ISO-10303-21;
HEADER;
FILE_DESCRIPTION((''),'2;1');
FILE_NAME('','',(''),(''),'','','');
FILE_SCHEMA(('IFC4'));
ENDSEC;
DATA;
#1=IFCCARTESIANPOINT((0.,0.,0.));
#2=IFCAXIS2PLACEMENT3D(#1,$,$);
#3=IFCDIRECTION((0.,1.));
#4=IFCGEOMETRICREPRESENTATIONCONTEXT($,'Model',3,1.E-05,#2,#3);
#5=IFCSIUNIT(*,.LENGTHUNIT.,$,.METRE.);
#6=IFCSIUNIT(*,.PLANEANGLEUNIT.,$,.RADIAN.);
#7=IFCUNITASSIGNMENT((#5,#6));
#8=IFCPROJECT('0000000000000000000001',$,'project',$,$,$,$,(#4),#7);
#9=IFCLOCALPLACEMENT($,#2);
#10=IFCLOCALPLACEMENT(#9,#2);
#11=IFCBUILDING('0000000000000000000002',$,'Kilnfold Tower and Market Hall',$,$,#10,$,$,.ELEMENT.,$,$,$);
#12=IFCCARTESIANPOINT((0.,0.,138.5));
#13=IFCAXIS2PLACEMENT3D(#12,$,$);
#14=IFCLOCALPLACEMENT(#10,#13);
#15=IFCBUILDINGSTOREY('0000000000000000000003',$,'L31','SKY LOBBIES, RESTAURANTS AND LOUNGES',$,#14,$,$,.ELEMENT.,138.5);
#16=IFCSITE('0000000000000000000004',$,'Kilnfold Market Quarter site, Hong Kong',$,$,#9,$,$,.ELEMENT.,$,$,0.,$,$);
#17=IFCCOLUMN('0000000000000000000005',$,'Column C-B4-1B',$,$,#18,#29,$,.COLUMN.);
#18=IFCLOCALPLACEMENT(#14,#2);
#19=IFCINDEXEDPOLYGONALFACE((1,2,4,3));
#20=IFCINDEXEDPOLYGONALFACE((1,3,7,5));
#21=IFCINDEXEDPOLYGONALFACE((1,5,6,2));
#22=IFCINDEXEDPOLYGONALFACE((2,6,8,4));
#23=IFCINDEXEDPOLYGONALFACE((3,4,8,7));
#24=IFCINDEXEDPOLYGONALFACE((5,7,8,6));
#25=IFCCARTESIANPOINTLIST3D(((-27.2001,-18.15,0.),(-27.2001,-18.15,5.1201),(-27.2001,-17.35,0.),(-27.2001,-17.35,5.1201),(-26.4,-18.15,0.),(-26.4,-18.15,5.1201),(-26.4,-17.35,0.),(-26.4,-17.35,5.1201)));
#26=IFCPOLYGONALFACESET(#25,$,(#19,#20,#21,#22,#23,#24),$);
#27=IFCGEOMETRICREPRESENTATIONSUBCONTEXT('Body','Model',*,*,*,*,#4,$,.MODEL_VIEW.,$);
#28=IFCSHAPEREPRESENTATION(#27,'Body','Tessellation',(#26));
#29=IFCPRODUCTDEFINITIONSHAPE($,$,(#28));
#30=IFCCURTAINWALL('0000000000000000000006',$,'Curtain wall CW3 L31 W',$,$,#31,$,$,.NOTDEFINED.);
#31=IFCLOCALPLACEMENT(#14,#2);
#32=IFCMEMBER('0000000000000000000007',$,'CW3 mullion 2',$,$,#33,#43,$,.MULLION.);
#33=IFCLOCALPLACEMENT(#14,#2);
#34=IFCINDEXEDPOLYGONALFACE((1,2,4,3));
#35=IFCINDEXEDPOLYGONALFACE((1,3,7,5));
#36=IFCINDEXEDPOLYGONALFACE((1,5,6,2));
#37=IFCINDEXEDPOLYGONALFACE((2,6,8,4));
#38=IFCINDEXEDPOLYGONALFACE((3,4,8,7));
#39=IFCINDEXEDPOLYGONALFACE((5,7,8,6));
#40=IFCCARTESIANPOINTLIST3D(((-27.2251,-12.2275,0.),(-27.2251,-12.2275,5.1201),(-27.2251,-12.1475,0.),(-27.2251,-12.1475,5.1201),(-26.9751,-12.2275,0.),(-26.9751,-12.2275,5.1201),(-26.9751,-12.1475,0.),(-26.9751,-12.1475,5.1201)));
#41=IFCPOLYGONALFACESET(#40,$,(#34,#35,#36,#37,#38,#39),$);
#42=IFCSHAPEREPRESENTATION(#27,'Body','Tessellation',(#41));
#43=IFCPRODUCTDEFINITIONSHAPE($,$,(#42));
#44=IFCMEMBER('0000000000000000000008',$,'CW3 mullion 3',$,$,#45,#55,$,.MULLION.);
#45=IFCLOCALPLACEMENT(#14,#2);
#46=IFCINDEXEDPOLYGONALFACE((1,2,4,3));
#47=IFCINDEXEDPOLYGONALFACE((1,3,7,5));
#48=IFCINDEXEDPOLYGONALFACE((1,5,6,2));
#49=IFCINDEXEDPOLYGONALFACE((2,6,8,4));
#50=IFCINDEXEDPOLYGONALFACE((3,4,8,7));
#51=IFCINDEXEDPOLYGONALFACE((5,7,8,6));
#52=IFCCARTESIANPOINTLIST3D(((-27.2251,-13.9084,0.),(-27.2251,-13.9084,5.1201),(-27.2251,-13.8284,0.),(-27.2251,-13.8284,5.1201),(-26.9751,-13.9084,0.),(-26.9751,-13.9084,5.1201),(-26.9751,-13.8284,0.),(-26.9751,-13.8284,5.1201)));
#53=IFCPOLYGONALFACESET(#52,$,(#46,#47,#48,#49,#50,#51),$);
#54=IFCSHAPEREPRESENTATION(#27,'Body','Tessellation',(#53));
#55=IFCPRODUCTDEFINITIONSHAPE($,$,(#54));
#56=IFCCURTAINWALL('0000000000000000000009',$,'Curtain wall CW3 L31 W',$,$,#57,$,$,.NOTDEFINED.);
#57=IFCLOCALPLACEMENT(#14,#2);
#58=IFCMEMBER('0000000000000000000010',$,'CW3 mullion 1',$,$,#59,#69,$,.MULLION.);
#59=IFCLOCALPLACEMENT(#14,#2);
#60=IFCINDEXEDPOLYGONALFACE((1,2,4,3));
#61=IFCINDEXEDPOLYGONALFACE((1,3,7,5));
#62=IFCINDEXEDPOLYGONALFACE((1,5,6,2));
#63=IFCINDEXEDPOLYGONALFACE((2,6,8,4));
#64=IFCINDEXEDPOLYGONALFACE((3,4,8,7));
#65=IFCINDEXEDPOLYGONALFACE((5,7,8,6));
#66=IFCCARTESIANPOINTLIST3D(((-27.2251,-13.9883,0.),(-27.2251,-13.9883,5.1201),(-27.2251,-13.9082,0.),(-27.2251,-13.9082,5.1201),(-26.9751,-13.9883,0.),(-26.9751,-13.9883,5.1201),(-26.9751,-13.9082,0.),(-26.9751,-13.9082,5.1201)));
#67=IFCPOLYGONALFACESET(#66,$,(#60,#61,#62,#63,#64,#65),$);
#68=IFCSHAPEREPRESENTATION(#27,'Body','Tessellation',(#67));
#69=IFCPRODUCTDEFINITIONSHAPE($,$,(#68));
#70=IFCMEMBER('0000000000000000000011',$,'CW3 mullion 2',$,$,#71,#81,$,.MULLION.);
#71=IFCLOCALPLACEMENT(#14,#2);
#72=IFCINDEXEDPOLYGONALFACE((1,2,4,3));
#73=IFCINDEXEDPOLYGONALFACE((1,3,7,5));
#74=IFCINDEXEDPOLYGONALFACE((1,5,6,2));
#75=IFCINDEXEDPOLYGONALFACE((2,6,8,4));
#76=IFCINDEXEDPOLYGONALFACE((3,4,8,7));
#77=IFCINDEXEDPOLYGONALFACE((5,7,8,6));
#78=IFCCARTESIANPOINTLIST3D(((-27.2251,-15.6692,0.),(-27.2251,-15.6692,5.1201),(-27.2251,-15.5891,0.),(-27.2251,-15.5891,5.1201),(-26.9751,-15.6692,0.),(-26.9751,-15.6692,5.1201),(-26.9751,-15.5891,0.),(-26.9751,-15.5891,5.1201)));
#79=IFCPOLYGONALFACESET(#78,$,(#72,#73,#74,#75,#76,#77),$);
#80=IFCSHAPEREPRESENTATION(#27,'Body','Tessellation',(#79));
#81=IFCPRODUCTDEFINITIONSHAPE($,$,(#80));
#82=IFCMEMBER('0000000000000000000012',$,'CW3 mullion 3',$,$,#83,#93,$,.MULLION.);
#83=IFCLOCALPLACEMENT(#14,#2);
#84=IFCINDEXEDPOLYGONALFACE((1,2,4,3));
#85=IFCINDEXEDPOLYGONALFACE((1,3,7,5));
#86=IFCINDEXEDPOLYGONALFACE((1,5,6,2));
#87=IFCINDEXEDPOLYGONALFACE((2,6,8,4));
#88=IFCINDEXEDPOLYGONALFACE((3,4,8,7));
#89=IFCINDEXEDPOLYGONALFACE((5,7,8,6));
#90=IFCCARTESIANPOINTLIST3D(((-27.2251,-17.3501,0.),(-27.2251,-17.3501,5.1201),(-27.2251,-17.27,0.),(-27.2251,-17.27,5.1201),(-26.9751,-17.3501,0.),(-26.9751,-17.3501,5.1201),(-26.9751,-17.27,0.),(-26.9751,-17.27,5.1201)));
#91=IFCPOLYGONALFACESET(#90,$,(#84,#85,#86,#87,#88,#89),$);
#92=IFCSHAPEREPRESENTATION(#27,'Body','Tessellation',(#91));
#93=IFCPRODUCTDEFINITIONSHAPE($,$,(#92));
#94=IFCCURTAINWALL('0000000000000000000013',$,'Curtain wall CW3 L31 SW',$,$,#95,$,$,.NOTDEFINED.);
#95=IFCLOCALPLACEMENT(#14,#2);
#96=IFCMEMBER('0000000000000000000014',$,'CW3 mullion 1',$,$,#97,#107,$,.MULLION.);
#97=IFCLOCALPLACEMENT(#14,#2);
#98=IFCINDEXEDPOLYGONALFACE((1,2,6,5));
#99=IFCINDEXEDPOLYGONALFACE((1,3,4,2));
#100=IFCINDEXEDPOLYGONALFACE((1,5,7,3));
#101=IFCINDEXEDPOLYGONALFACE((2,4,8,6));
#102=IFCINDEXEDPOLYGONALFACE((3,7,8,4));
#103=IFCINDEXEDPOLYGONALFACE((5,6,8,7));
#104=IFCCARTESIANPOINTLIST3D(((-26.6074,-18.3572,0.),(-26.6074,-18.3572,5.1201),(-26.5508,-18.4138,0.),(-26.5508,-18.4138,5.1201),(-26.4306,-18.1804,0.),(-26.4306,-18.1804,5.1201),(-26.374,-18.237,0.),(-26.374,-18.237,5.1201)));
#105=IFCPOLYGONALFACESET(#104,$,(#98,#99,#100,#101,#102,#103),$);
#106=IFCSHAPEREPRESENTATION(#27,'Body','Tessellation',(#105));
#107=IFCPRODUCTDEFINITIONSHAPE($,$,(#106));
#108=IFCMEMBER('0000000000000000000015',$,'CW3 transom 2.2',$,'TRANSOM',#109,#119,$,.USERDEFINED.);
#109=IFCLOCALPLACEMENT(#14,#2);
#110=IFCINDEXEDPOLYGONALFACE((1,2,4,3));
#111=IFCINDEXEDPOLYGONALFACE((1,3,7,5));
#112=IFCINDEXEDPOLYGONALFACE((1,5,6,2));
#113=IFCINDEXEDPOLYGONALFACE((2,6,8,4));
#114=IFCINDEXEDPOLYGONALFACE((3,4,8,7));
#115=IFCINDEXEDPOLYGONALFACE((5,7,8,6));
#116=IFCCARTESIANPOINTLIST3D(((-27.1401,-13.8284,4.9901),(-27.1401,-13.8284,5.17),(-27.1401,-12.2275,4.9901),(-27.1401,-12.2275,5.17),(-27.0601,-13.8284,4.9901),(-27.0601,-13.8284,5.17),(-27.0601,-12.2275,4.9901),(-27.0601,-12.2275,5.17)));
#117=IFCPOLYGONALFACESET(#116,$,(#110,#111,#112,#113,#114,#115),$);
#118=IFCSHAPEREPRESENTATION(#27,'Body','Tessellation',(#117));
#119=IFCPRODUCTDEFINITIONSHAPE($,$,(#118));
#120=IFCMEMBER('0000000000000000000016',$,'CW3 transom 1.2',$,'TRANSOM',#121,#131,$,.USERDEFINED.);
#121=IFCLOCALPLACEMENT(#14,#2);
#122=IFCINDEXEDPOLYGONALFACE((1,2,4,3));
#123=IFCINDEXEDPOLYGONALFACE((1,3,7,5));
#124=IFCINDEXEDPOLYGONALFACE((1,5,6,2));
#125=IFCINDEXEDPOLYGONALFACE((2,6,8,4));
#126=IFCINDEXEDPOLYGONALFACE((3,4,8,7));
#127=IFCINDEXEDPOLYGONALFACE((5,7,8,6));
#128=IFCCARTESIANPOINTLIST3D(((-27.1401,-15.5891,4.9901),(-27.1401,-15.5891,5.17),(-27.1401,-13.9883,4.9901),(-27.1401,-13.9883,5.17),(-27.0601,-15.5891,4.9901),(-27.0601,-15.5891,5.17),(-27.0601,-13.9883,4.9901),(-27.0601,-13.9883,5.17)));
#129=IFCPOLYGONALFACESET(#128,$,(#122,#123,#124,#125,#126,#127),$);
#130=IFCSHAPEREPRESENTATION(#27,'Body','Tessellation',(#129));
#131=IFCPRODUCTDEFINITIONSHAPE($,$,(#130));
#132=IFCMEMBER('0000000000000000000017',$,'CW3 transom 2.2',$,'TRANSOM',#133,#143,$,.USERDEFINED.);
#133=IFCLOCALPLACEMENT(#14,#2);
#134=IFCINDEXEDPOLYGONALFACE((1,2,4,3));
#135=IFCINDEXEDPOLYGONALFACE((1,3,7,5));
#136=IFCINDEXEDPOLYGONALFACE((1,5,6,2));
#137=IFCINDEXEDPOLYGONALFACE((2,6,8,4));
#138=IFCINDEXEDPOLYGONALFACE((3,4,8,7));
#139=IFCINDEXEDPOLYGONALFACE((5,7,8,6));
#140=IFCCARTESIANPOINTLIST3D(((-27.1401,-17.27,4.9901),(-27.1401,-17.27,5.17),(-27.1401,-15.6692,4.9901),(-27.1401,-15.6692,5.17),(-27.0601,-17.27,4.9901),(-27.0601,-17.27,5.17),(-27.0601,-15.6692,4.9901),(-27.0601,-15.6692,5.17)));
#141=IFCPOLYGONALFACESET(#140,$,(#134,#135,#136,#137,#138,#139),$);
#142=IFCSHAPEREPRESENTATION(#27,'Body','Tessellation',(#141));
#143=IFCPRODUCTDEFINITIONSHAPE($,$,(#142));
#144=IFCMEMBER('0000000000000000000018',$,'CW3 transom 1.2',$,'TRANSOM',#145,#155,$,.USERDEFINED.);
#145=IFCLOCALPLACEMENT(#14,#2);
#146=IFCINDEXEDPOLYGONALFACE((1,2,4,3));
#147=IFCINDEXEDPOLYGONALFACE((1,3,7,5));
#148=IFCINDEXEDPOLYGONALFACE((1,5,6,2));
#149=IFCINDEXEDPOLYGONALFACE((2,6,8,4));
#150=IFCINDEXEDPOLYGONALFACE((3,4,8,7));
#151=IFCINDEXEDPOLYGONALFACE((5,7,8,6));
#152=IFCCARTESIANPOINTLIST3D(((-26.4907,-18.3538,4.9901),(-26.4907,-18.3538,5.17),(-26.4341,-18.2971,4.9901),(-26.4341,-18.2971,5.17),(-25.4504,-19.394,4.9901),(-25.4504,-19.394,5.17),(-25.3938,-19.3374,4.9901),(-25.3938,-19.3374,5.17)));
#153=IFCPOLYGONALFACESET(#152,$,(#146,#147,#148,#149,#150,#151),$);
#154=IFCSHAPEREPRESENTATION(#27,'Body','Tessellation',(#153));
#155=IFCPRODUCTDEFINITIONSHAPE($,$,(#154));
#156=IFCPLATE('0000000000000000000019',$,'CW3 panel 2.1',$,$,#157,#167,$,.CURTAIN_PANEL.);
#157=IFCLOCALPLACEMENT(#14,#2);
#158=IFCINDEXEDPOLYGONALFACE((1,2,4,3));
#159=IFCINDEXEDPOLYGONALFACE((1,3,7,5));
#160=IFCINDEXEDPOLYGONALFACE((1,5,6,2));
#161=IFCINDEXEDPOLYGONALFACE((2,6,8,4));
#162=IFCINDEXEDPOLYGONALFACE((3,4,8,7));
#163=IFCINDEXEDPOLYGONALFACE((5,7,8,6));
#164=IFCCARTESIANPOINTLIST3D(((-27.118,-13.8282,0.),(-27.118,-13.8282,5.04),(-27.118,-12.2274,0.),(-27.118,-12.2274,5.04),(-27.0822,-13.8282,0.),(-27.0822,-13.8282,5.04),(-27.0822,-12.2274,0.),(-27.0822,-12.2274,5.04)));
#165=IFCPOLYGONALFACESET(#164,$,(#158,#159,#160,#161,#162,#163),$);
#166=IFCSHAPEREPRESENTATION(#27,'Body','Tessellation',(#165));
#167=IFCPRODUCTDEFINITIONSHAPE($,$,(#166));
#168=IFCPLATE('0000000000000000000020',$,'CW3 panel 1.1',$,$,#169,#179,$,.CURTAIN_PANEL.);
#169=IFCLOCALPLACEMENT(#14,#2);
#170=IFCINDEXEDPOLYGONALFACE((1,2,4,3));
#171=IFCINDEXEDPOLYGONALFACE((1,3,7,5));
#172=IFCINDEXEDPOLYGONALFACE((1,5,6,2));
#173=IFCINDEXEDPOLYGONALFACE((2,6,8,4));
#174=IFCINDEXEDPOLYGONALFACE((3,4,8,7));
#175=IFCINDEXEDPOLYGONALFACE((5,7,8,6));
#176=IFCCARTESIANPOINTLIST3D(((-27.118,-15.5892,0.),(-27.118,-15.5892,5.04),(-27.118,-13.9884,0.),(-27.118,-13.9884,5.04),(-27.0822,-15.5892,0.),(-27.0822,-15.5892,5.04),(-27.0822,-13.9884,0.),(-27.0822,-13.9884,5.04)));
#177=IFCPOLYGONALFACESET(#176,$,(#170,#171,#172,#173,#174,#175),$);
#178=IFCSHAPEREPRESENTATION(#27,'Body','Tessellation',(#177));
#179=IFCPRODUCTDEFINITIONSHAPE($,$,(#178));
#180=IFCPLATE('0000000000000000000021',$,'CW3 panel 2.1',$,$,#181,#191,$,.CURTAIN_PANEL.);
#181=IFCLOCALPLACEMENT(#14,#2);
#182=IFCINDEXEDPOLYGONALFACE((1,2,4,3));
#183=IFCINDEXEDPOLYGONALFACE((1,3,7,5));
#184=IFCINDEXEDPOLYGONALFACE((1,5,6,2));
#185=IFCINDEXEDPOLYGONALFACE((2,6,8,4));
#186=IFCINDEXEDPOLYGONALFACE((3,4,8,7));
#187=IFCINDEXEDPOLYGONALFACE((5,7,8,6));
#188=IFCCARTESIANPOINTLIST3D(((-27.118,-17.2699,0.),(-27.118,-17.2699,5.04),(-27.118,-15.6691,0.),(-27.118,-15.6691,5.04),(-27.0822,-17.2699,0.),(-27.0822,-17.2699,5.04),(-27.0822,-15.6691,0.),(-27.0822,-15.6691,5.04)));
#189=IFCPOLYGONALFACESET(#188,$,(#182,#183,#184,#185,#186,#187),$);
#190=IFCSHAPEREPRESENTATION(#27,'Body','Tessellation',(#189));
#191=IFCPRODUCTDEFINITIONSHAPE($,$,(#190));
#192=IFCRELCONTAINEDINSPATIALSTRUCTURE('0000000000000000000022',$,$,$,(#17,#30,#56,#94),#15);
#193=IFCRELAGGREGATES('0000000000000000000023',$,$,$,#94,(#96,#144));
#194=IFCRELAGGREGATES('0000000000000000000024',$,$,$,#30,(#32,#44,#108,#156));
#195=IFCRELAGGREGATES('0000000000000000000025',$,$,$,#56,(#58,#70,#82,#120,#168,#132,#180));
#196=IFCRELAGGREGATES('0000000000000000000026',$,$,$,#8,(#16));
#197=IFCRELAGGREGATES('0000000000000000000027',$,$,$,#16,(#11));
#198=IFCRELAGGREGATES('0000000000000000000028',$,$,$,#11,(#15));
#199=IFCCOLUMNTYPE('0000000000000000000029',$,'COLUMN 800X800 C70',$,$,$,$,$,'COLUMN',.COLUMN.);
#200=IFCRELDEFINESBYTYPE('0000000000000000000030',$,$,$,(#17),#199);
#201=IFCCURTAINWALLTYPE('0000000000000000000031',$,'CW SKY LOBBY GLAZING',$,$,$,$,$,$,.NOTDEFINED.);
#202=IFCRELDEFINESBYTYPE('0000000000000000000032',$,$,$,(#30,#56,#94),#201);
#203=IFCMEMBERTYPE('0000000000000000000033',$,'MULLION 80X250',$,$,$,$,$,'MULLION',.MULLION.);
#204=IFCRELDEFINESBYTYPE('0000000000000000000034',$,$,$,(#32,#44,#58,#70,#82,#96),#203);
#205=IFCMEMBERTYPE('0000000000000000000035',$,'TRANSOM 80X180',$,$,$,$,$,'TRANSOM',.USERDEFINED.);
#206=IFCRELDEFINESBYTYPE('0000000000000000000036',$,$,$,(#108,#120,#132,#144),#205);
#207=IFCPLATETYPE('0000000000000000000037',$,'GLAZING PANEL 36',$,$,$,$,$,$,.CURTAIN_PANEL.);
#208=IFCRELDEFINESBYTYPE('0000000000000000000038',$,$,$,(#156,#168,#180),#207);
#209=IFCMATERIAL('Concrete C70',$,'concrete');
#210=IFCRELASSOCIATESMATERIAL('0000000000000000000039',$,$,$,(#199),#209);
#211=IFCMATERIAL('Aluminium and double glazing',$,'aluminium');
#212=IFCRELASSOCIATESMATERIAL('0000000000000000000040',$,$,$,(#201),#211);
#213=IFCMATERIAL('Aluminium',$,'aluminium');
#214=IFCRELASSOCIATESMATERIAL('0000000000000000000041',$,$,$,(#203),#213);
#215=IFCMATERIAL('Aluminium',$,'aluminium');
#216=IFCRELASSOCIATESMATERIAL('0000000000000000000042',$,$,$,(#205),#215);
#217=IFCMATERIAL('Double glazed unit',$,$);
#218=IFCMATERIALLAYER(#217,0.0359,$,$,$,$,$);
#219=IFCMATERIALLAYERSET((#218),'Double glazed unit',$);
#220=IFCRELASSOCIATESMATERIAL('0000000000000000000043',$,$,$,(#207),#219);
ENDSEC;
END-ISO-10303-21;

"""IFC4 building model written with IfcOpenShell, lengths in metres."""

from ifc_helpers import new_model, si_unit, direction, frame, origin, origin_2d, place, context, subcontext, project, spatial, rectangle, extrude, source, transform, mapped, material, layer, layer_set, material_profile, profile_set, type_object, element, aggregate, save


model = new_model("IFC4")

# Units and contexts
model_context = context("Model", 3, precision=1e-05, world=origin(), true_north=direction((0.0, 1.0)))
body_context = subcontext(model_context, "Body", "Model", "MODEL_VIEW")
ifc_project = project(units=[si_unit("LENGTHUNIT", "METRE"), si_unit("PLANEANGLEUNIT", "RADIAN")], contexts=[model_context])

# Site, building, storey
site_placement = place(None, origin())
site = spatial("IfcSite", under=ifc_project, at=site_placement, Name="Kilnfold Market Quarter site, Hong Kong", CompositionType="ELEMENT", RefElevation=0.0)
building_placement = place(site_placement, origin())
building = spatial("IfcBuilding", under=site, at=building_placement, Name="Kilnfold Tower and Market Hall", CompositionType="ELEMENT")
storey_placement = place(building_placement, frame((0.0, 0.0, 138.5)))
storey = spatial("IfcBuildingStorey", under=building, at=storey_placement, Name="L31", Description="SKY LOBBIES, RESTAURANTS AND LOUNGES", CompositionType="ELEMENT", Elevation=138.5)

# Column
ifc_material_1 = material(Name="Concrete C70", Category="concrete")
ifc_material_profile_1 = material_profile(ifc_material_1, rectangle(XDim=0.8, YDim=0.8, at=origin_2d()), Name="RC 800x800")
ifc_profile_set_1 = profile_set([ifc_material_profile_1], Name="Concrete C70")
column_type = type_object("IfcColumnType", Name="COLUMN 800X800 C70", ElementType="COLUMN", PredefinedType="COLUMN", material=ifc_profile_set_1)
shared_shape_1 = source(origin(), body_context, "Body", "SweptSolid", [
    extrude(rectangle(XDim=0.8, YDim=0.8, at=origin_2d()), origin(), (0.0, 0.0, 1.0), 5.1201),
])
column_placement = place(storey_placement, frame((-26.8, -17.75, 0.0), z_axis=(0.0, 0.0, 1.0), x_axis=(1.0, 0.0, 0.0)))
element("IfcColumn", 1, at=column_placement, inside=storey, type_object=column_type, Name="Column C-B4-1B", PredefinedType="COLUMN", context=body_context, shape_type="MappedRepresentation", body=[
    mapped(shared_shape_1, transform((0.0, 0.0, 0.0))),
])

# Curtain walls, members
ifc_material_2 = material(Name="Aluminium and double glazing", Category="aluminium")
curtain_wall_type = type_object("IfcCurtainWallType", Name="CW SKY LOBBY GLAZING", PredefinedType="NOTDEFINED", material=ifc_material_2)
curtain_wall_1_placement = place(storey_placement, origin())
curtain_wall_1 = element("IfcCurtainWall", 2, at=curtain_wall_1_placement, inside=storey, type_object=curtain_wall_type, Name="Curtain wall CW3 L31 W", PredefinedType="NOTDEFINED")
ifc_material_3 = material(Name="Aluminium", Category="aluminium")
ifc_material_profile_2 = material_profile(ifc_material_3, rectangle(XDim=0.0801, YDim=0.25, at=origin_2d()), Name="MULLION 80x250")
ifc_profile_set_2 = profile_set([ifc_material_profile_2], Name="Aluminium")
member_type_1 = type_object("IfcMemberType", Name="MULLION 80X250", ElementType="MULLION", PredefinedType="MULLION", material=ifc_profile_set_2)
shared_shape_2 = source(origin(), body_context, "Body", "SweptSolid", [
    extrude(rectangle(XDim=0.0801, YDim=0.25, at=origin_2d()), origin(), (0.0, 0.0, 1.0), 5.1201),
])
member_1_placement = place(storey_placement, frame((-27.1001, -12.1875, 0.0), z_axis=(0.0, 0.0, 1.0), x_axis=(0.0, -1.0, 0.0)))
member_1 = element("IfcMember", 3, at=member_1_placement, type_object=member_type_1, Name="CW3 mullion 2", PredefinedType="MULLION", context=body_context, shape_type="MappedRepresentation", body=[
    mapped(shared_shape_2, transform((0.0, 0.0, 0.0))),
])
member_2_placement = place(storey_placement, frame((-27.1001, -13.8684, 0.0), z_axis=(0.0, 0.0, 1.0), x_axis=(0.0, -1.0, 0.0)))
member_2 = element("IfcMember", 4, at=member_2_placement, type_object=member_type_1, Name="CW3 mullion 3", PredefinedType="MULLION", context=body_context, shape_type="MappedRepresentation", body=[
    mapped(shared_shape_2, transform((0.0, 0.0, 0.0))),
])
curtain_wall_2_placement = place(storey_placement, origin())
curtain_wall_2 = element("IfcCurtainWall", 5, at=curtain_wall_2_placement, inside=storey, type_object=curtain_wall_type, Name="Curtain wall CW3 L31 W", PredefinedType="NOTDEFINED")
member_3_placement = place(storey_placement, frame((-27.1001, -13.9482, 0.0), z_axis=(0.0, 0.0, 1.0), x_axis=(0.0, -1.0, 0.0)))
member_3 = element("IfcMember", 6, at=member_3_placement, type_object=member_type_1, Name="CW3 mullion 1", PredefinedType="MULLION", context=body_context, shape_type="MappedRepresentation", body=[
    mapped(shared_shape_2, transform((0.0, 0.0, 0.0))),
])
member_4_placement = place(storey_placement, frame((-27.1001, -15.6292, 0.0), z_axis=(0.0, 0.0, 1.0), x_axis=(0.0, -1.0, 0.0)))
member_4 = element("IfcMember", 7, at=member_4_placement, type_object=member_type_1, Name="CW3 mullion 2", PredefinedType="MULLION", context=body_context, shape_type="MappedRepresentation", body=[
    mapped(shared_shape_2, transform((0.0, 0.0, 0.0))),
])
member_5_placement = place(storey_placement, frame((-27.1001, -17.3101, 0.0), z_axis=(0.0, 0.0, 1.0), x_axis=(0.0, -1.0, 0.0)))
member_5 = element("IfcMember", 8, at=member_5_placement, type_object=member_type_1, Name="CW3 mullion 3", PredefinedType="MULLION", context=body_context, shape_type="MappedRepresentation", body=[
    mapped(shared_shape_2, transform((0.0, 0.0, 0.0))),
])

# Curtain wall, member
curtain_wall_3_placement = place(storey_placement, origin())
curtain_wall_3 = element("IfcCurtainWall", 9, at=curtain_wall_3_placement, inside=storey, type_object=curtain_wall_type, Name="Curtain wall CW3 L31 SW", PredefinedType="NOTDEFINED")
member_6_placement = place(storey_placement, frame((-26.4907, -18.2971, 0.0), z_axis=(0.0, 0.0, 1.0), x_axis=(0.707091, -0.707122, 0.0)))
member_6 = element("IfcMember", 10, at=member_6_placement, type_object=member_type_1, Name="CW3 mullion 1", PredefinedType="MULLION", context=body_context, shape_type="MappedRepresentation", body=[
    mapped(shared_shape_2, transform((0.0, 0.0, 0.0))),
])

# Members
ifc_material_4 = material(Name="Aluminium", Category="aluminium")
ifc_material_profile_3 = material_profile(ifc_material_4, rectangle(XDim=0.0801, YDim=0.1799, at=origin_2d()), Name="TRANSOM 80x180")
ifc_profile_set_3 = profile_set([ifc_material_profile_3], Name="Aluminium")
member_type_2 = type_object("IfcMemberType", Name="TRANSOM 80X180", ElementType="TRANSOM", PredefinedType="USERDEFINED", material=ifc_profile_set_3)
shared_shape_3 = source(origin(), body_context, "Body", "SweptSolid", [
    extrude(rectangle(XDim=0.0801, YDim=0.1799, at=origin_2d()), origin(), (0.0, 0.0, 1.0), 1.6008),
])
member_7_placement = place(storey_placement, frame((-27.1001, -12.2275, 5.0801), z_axis=(0.0, -1.0, 0.0), x_axis=(1.0, 0.0, 0.0)))
member_7 = element("IfcMember", 11, at=member_7_placement, type_object=member_type_2, Name="CW3 transom 2.2", ObjectType="TRANSOM", PredefinedType="USERDEFINED", context=body_context, shape_type="MappedRepresentation", body=[
    mapped(shared_shape_3, transform((0.0, 0.0, 0.0))),
])
member_8_placement = place(storey_placement, frame((-27.1001, -13.9883, 5.0801), z_axis=(0.0, -1.0, 0.0), x_axis=(1.0, 0.0, 0.0)))
member_8 = element("IfcMember", 12, at=member_8_placement, type_object=member_type_2, Name="CW3 transom 1.2", ObjectType="TRANSOM", PredefinedType="USERDEFINED", context=body_context, shape_type="MappedRepresentation", body=[
    mapped(shared_shape_3, transform((0.0, 0.0, 0.0))),
])
member_9_placement = place(storey_placement, frame((-27.1001, -15.6692, 5.0801), z_axis=(0.0, -1.0, 0.0), x_axis=(1.0, 0.0, 0.0)))
member_9 = element("IfcMember", 13, at=member_9_placement, type_object=member_type_2, Name="CW3 transom 2.2", ObjectType="TRANSOM", PredefinedType="USERDEFINED", context=body_context, shape_type="MappedRepresentation", body=[
    mapped(shared_shape_3, transform((0.0, 0.0, 0.0))),
])
shared_shape_4 = source(origin(), body_context, "Body", "SweptSolid", [
    extrude(rectangle(XDim=0.0801, YDim=0.1799, at=origin_2d()), origin(), (0.0, 0.0, 1.0), 1.4712),
])
member_10_placement = place(storey_placement, frame((-26.4624, -18.3254, 5.0801), z_axis=(0.707107, -0.707107, 0.0), x_axis=(0.707107, 0.707107, 0.0)))
member_10 = element("IfcMember", 14, at=member_10_placement, type_object=member_type_2, Name="CW3 transom 1.2", ObjectType="TRANSOM", PredefinedType="USERDEFINED", context=body_context, shape_type="MappedRepresentation", body=[
    mapped(shared_shape_4, transform((0.0, 0.0, 0.0))),
])
aggregate(curtain_wall_3, [member_6, member_10])

# Plates
ifc_material_5 = material(Name="Double glazed unit")
ifc_layer_1 = layer(ifc_material_5, 0.0359)
ifc_layer_set_1 = layer_set([ifc_layer_1], Name="Double glazed unit")
plate_type = type_object("IfcPlateType", Name="GLAZING PANEL 36", PredefinedType="CURTAIN_PANEL", material=ifc_layer_set_1)
shared_shape_5 = source(origin(), body_context, "Body", "SweptSolid", [
    extrude(rectangle(XDim=1.6008, YDim=0.0359, at=origin_2d()), origin(), (0.0, 0.0, 1.0), 5.04),
])
plate_1_placement = place(storey_placement, frame((-27.1001, -13.0278, 0.0), z_axis=(0.0, 0.0, 1.0), x_axis=(0.0, -1.0, 0.0)))
plate_1 = element("IfcPlate", 15, at=plate_1_placement, type_object=plate_type, Name="CW3 panel 2.1", PredefinedType="CURTAIN_PANEL", context=body_context, shape_type="MappedRepresentation", body=[
    mapped(shared_shape_5, transform((0.0, 0.0, 0.0))),
])
aggregate(curtain_wall_1, [member_1, member_2, member_7, plate_1])
plate_2_placement = place(storey_placement, frame((-27.1001, -14.7888, 0.0), z_axis=(0.0, 0.0, 1.0), x_axis=(0.0, -1.0, 0.0)))
plate_2 = element("IfcPlate", 16, at=plate_2_placement, type_object=plate_type, Name="CW3 panel 1.1", PredefinedType="CURTAIN_PANEL", context=body_context, shape_type="MappedRepresentation", body=[
    mapped(shared_shape_5, transform((0.0, 0.0, 0.0))),
])
plate_3_placement = place(storey_placement, frame((-27.1001, -16.4695, 0.0), z_axis=(0.0, 0.0, 1.0), x_axis=(0.0, -1.0, 0.0)))
plate_3 = element("IfcPlate", 17, at=plate_3_placement, type_object=plate_type, Name="CW3 panel 2.1", PredefinedType="CURTAIN_PANEL", context=body_context, shape_type="MappedRepresentation", body=[
    mapped(shared_shape_5, transform((0.0, 0.0, 0.0))),
])
aggregate(curtain_wall_2, [member_3, member_4, member_5, member_8, plate_2, member_9, plate_3])

save(model, "model.ifc")
